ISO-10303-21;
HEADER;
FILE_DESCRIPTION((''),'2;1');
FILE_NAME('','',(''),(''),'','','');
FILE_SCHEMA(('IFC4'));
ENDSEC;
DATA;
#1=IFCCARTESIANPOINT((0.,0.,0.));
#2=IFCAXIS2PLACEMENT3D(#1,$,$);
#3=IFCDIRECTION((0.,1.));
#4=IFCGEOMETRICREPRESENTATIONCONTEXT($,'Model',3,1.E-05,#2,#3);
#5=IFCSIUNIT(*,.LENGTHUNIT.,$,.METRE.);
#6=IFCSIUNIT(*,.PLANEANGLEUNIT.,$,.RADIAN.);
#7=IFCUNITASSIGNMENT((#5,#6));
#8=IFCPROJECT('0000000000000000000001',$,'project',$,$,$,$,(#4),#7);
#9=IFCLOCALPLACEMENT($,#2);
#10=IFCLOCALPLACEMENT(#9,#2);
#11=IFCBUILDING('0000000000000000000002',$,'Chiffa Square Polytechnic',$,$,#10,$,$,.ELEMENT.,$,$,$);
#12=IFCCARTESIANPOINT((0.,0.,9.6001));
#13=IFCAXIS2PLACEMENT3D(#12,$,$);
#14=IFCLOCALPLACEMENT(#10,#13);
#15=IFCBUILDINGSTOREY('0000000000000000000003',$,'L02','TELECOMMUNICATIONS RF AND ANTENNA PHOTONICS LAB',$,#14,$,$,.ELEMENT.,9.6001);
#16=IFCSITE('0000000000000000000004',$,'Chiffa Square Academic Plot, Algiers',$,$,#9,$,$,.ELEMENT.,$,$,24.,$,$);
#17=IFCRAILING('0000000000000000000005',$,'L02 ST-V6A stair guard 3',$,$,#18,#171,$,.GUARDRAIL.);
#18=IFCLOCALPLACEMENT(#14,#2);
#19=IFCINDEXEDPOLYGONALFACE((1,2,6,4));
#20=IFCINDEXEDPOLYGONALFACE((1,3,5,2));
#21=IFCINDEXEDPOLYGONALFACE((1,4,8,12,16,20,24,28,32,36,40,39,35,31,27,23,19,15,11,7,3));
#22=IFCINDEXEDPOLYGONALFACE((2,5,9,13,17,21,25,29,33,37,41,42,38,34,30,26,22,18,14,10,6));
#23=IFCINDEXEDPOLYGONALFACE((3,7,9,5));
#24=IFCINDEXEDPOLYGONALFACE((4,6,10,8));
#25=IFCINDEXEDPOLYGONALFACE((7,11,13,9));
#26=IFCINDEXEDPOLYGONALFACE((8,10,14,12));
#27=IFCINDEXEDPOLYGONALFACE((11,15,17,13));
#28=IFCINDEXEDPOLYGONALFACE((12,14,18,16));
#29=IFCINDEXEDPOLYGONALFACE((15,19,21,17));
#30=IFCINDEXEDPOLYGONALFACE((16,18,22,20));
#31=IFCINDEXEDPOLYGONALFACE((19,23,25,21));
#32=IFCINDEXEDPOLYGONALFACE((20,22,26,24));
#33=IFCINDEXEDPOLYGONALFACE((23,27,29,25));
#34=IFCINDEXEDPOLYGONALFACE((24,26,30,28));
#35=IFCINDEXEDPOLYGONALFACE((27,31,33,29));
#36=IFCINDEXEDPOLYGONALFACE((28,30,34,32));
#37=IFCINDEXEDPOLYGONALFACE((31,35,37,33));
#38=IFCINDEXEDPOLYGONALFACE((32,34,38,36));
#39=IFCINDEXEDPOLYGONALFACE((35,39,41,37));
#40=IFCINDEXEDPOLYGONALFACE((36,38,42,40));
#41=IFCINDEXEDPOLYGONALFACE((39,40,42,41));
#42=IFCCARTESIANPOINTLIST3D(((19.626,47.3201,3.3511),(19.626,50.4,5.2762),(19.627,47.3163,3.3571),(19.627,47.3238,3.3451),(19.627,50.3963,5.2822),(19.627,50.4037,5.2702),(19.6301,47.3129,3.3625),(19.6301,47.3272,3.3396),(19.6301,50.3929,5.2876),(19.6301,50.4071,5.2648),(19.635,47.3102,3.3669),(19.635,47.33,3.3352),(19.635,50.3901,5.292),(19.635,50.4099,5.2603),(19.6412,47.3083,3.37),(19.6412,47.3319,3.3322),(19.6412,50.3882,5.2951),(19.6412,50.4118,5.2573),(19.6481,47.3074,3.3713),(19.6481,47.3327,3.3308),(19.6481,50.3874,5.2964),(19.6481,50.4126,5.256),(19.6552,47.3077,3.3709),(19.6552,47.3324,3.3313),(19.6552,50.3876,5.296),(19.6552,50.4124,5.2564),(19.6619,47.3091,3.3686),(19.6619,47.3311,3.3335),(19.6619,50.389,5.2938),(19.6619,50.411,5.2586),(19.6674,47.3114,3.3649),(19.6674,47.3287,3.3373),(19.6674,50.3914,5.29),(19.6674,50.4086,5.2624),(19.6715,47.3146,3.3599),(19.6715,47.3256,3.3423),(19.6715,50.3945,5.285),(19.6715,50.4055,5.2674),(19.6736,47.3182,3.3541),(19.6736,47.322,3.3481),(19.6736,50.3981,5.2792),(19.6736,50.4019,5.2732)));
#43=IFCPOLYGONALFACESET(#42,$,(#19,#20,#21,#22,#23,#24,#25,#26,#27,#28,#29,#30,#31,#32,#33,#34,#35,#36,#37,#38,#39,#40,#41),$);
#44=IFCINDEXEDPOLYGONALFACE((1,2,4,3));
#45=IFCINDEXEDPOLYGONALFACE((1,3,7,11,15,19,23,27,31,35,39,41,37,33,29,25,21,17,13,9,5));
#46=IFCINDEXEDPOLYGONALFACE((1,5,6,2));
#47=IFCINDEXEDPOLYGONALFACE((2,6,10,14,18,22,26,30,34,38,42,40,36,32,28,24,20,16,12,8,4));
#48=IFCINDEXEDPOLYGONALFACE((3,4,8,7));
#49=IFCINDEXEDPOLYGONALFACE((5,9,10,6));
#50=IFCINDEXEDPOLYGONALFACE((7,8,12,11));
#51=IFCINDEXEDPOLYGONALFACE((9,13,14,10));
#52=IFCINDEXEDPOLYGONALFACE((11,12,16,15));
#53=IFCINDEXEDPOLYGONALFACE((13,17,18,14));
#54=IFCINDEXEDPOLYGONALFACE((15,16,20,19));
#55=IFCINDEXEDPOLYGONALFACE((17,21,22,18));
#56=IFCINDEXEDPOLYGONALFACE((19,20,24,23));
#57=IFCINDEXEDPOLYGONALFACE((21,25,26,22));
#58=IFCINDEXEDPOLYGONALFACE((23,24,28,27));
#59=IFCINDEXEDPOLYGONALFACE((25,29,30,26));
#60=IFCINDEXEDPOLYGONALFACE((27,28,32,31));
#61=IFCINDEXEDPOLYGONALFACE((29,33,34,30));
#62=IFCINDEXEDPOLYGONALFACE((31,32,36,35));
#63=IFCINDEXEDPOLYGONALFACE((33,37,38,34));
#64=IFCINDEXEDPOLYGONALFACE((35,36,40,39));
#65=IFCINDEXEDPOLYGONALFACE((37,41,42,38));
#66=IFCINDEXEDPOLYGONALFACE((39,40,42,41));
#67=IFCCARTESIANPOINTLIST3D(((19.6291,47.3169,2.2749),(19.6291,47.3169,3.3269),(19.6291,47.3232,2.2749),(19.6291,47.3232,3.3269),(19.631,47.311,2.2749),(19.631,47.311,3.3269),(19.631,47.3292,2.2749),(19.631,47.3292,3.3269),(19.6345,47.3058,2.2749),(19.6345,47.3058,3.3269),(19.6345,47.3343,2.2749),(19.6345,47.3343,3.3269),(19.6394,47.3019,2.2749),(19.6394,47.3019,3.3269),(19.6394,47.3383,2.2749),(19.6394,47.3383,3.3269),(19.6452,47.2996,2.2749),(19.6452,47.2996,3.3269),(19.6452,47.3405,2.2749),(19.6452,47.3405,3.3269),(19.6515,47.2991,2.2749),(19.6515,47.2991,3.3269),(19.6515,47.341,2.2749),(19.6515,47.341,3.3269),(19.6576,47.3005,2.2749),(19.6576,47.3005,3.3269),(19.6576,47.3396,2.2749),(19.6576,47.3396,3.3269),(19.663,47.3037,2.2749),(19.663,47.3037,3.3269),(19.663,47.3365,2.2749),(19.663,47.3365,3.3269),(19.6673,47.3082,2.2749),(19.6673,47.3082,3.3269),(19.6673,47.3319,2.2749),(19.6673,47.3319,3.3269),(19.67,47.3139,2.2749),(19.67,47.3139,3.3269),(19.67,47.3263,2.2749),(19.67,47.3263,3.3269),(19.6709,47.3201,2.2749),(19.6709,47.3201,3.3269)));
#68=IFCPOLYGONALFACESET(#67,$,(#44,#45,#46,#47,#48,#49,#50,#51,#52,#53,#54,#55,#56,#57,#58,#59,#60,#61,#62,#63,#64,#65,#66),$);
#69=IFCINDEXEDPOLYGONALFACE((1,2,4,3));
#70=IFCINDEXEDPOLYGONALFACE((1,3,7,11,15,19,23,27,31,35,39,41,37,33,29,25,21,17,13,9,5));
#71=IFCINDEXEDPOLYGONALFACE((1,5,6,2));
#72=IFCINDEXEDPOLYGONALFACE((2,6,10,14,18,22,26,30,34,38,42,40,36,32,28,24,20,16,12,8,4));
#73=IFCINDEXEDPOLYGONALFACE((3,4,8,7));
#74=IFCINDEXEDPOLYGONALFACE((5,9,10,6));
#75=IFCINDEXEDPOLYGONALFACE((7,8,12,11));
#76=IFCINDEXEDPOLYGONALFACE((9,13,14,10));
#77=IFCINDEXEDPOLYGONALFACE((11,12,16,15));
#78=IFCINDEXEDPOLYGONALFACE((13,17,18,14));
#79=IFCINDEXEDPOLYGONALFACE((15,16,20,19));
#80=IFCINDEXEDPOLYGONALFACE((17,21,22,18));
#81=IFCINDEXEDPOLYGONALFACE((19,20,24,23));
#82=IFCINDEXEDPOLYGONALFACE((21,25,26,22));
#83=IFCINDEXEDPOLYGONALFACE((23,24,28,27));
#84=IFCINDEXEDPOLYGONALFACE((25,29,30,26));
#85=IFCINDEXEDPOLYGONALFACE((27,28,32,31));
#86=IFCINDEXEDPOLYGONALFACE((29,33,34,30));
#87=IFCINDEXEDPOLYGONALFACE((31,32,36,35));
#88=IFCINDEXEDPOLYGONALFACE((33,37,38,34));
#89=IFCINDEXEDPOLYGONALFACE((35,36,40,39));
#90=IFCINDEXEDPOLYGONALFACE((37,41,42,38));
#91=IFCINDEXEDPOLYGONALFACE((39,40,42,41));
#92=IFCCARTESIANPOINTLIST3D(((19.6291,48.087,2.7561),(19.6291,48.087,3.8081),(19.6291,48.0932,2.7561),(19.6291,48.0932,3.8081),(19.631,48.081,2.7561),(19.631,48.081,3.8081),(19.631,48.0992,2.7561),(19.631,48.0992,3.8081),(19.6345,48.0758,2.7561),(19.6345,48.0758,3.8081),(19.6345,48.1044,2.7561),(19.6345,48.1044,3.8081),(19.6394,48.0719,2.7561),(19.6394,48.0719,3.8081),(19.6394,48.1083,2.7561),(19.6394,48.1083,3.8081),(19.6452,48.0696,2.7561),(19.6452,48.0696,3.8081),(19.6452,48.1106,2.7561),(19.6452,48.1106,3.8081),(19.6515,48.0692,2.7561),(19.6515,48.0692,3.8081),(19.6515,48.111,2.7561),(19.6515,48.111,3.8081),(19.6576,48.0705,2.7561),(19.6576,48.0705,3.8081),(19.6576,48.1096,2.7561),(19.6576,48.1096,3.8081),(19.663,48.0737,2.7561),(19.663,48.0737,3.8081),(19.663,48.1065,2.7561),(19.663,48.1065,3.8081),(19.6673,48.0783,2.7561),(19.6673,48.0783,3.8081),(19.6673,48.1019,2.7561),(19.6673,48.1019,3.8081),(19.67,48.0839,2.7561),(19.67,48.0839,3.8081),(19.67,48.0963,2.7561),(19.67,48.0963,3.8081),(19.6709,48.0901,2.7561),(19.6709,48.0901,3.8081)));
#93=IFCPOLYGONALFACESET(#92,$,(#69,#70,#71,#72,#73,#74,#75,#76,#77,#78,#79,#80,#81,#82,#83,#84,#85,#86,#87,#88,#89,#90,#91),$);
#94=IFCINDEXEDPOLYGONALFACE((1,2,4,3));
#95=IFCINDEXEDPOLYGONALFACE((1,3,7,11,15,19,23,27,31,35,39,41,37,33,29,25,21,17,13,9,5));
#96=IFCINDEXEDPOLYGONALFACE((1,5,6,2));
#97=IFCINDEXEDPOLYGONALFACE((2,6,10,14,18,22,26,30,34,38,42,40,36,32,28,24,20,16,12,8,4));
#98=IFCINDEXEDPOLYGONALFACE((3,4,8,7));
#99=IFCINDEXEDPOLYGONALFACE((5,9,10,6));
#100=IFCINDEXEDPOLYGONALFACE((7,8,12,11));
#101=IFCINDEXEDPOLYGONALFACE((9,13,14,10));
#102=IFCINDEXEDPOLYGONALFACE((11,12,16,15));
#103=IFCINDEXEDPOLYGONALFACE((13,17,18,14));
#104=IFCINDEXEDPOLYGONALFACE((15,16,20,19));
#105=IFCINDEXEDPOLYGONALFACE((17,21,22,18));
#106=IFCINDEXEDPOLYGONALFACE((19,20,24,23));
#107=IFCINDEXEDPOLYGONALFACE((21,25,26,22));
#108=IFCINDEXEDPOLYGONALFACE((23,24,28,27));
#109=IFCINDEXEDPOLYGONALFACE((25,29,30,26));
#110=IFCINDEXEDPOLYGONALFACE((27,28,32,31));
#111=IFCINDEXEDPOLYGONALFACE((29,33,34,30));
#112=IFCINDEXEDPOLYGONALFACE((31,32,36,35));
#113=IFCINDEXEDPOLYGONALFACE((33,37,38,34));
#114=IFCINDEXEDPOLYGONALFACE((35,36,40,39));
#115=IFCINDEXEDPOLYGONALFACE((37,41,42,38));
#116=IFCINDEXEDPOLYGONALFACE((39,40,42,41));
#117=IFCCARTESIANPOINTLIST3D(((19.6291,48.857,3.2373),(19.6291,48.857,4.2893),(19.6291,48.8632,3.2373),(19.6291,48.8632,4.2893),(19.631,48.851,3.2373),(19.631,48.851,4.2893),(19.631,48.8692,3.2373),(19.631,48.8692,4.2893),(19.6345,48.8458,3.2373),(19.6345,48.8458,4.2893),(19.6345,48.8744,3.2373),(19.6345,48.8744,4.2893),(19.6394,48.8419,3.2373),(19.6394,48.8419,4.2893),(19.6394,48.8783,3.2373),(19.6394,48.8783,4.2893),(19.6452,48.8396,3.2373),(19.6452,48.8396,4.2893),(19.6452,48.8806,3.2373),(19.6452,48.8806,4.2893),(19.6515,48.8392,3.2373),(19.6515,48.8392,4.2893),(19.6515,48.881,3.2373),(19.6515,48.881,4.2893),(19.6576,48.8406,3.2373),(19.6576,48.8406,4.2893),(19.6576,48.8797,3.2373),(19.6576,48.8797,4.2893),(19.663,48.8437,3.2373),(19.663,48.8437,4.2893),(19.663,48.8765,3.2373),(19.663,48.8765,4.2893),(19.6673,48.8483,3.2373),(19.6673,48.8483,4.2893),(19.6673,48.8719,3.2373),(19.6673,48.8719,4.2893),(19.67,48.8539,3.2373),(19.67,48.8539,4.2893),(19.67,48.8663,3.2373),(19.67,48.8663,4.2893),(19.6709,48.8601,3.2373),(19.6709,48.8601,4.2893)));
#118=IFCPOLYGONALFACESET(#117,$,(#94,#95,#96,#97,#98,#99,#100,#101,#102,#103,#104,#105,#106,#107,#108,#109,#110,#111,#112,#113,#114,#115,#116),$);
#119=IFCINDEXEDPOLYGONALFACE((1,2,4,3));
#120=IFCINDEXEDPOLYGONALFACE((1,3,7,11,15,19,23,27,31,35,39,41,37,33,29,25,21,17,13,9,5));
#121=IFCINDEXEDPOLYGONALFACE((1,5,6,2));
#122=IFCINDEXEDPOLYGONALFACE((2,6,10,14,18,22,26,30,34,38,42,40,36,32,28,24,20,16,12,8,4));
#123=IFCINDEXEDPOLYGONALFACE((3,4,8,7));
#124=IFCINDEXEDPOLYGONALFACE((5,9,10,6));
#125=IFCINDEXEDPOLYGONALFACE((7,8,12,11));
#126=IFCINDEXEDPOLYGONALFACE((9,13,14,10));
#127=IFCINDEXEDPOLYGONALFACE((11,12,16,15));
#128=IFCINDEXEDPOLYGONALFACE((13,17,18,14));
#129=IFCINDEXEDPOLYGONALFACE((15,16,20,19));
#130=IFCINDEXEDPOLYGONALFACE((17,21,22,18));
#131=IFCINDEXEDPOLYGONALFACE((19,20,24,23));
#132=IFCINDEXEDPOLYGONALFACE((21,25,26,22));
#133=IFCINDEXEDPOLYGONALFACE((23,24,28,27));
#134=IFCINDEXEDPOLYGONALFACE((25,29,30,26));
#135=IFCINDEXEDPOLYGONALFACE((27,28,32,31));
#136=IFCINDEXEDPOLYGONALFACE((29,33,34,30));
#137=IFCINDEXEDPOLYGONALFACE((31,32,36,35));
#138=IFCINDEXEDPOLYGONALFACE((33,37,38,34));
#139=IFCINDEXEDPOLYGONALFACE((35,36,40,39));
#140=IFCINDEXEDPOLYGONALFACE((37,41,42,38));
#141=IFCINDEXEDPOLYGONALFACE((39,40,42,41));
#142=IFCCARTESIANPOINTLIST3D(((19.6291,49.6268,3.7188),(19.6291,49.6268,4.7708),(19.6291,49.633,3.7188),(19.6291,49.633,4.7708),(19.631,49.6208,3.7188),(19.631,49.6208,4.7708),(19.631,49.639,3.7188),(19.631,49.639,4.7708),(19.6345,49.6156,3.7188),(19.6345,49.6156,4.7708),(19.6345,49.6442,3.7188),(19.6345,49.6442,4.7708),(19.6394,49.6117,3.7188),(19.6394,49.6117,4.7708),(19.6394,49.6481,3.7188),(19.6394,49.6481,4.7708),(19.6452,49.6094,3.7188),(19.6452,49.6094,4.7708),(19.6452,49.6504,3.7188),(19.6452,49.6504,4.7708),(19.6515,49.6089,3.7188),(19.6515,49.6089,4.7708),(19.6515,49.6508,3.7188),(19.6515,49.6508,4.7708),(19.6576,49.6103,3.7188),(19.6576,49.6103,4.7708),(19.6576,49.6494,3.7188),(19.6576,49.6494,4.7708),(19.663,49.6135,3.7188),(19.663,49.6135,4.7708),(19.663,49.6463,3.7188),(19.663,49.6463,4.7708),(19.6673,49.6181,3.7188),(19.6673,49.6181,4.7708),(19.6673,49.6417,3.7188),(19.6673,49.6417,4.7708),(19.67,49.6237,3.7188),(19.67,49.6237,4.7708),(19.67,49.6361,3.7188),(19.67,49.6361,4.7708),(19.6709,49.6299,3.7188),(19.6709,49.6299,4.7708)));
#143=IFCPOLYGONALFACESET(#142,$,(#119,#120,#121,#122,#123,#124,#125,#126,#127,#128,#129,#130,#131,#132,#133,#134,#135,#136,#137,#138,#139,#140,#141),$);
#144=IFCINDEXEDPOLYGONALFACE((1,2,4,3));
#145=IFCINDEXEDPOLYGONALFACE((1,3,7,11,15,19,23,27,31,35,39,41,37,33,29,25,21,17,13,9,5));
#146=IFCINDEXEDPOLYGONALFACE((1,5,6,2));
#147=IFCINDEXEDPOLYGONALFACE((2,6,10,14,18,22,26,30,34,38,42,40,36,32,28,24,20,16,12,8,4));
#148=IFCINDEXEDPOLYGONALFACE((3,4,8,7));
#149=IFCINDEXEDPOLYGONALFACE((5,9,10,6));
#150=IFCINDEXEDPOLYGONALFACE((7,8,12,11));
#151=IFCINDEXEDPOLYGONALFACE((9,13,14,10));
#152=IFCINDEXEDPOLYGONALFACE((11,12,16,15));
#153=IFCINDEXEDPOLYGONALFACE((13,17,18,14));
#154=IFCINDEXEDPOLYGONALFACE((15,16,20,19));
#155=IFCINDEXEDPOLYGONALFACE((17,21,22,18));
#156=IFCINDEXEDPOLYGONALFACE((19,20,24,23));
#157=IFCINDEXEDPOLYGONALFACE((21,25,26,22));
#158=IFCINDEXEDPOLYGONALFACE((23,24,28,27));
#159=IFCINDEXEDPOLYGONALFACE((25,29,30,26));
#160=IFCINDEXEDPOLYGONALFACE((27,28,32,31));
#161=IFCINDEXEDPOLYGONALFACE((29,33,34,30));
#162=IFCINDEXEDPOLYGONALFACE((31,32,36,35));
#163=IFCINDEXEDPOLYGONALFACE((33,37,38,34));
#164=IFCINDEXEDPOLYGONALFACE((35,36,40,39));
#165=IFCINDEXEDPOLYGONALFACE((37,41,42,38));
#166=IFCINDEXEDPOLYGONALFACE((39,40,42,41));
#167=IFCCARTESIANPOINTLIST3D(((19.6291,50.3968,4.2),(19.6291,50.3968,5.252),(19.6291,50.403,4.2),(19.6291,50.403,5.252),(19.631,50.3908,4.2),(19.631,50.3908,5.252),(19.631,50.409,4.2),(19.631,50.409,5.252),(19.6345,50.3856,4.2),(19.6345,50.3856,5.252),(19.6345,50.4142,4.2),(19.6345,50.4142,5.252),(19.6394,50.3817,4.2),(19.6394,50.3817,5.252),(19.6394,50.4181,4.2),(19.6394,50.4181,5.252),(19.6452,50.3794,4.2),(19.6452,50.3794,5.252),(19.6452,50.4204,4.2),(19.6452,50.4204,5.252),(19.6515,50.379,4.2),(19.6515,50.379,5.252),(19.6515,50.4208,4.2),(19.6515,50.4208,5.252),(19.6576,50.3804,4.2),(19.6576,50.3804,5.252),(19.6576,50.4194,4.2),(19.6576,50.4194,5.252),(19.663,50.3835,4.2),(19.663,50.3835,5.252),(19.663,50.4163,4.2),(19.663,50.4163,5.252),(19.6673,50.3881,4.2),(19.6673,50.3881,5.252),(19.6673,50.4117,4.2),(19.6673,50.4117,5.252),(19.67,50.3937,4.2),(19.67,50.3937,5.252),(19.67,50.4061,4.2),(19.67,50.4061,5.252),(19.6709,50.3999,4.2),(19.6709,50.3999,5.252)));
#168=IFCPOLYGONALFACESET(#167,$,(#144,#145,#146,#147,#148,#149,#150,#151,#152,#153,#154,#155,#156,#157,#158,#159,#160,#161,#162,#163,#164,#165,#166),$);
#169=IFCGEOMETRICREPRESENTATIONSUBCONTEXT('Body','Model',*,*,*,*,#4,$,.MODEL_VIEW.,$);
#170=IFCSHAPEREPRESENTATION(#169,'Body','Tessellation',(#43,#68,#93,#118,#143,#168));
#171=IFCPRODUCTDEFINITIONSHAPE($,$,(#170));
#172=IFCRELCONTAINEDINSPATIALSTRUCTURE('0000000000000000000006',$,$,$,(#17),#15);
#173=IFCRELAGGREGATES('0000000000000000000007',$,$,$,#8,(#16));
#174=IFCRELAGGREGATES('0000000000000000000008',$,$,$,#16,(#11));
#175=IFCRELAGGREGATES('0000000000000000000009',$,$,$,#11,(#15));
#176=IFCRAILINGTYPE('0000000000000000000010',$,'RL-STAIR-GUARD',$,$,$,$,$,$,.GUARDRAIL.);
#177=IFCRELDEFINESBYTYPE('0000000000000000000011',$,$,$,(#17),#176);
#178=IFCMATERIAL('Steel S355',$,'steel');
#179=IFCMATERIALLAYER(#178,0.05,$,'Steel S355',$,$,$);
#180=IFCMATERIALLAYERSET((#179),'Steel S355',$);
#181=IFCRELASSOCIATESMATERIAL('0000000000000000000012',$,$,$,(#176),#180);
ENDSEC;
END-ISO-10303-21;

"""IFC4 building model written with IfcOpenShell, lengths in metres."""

from ifc_helpers import new_model, si_unit, direction, frame, origin, origin_2d, place, context, subcontext, project, spatial, circle, extrude, material, layer, layer_set, type_object, element, save


model = new_model("IFC4")

# Units and contexts
model_context = context("Model", 3, precision=1e-05, world=origin(), true_north=direction((0.0, 1.0)))
body_context = subcontext(model_context, "Body", "Model", "MODEL_VIEW")
ifc_project = project(units=[si_unit("LENGTHUNIT", "METRE"), si_unit("PLANEANGLEUNIT", "RADIAN")], contexts=[model_context])

# Site, building, storey
site_placement = place(None, origin())
site = spatial("IfcSite", under=ifc_project, at=site_placement, Name="Chiffa Square Academic Plot, Algiers", CompositionType="ELEMENT", RefElevation=24.0)
building_placement = place(site_placement, origin())
building = spatial("IfcBuilding", under=site, at=building_placement, Name="Chiffa Square Polytechnic", CompositionType="ELEMENT")
storey_placement = place(building_placement, frame((0.0, 0.0, 9.6001)))
storey = spatial("IfcBuildingStorey", under=building, at=storey_placement, Name="L02", Description="TELECOMMUNICATIONS RF AND ANTENNA PHOTONICS LAB", CompositionType="ELEMENT", Elevation=9.6001)

# Railing
ifc_material_1 = material(Name="Steel S355", Category="steel")
ifc_layer_1 = layer(ifc_material_1, 0.05, Name="Steel S355")
ifc_layer_set_1 = layer_set([ifc_layer_1], Name="Steel S355")
railing_type_1 = type_object("IfcRailingType", Name="RL-STAIR-GUARD", PredefinedType="GUARDRAIL", material=ifc_layer_set_1)
railing_1_placement = place(storey_placement, frame((19.6499, 47.3201, 2.2749)))
element("IfcRailing", 1, at=railing_1_placement, inside=storey, type_object=railing_type_1, Name="L02 ST-V6A stair guard 3", PredefinedType="GUARDRAIL", context=body_context, shape_type="SweptSolid", body=[
    extrude(circle(Radius=0.0239, at=origin_2d()), frame((0.0, 0.0, 1.0762), z_axis=(0.0, 0.847979, 0.530029), x_axis=(-1.0, 0.0, 0.0)), (0.0, 0.0, 1.0), 3.6321),
    extrude(circle(Radius=0.021, at=origin_2d()), origin(), (0.0, 0.0, 1.0), 1.052),
    extrude(circle(Radius=0.021, at=origin_2d()), frame((0.0, 0.77, 0.4812)), (0.0, 0.0, 1.0), 1.052),
    extrude(circle(Radius=0.021, at=origin_2d()), frame((0.0, 1.54, 0.9624)), (0.0, 0.0, 1.0), 1.052),
    extrude(circle(Radius=0.021, at=origin_2d()), frame((0.0, 2.3098, 1.4438)), (0.0, 0.0, 1.0), 1.052),
    extrude(circle(Radius=0.021, at=origin_2d()), frame((0.0, 3.0798, 1.925)), (0.0, 0.0, 1.0), 1.052),
])

save(model, "model.ifc")
